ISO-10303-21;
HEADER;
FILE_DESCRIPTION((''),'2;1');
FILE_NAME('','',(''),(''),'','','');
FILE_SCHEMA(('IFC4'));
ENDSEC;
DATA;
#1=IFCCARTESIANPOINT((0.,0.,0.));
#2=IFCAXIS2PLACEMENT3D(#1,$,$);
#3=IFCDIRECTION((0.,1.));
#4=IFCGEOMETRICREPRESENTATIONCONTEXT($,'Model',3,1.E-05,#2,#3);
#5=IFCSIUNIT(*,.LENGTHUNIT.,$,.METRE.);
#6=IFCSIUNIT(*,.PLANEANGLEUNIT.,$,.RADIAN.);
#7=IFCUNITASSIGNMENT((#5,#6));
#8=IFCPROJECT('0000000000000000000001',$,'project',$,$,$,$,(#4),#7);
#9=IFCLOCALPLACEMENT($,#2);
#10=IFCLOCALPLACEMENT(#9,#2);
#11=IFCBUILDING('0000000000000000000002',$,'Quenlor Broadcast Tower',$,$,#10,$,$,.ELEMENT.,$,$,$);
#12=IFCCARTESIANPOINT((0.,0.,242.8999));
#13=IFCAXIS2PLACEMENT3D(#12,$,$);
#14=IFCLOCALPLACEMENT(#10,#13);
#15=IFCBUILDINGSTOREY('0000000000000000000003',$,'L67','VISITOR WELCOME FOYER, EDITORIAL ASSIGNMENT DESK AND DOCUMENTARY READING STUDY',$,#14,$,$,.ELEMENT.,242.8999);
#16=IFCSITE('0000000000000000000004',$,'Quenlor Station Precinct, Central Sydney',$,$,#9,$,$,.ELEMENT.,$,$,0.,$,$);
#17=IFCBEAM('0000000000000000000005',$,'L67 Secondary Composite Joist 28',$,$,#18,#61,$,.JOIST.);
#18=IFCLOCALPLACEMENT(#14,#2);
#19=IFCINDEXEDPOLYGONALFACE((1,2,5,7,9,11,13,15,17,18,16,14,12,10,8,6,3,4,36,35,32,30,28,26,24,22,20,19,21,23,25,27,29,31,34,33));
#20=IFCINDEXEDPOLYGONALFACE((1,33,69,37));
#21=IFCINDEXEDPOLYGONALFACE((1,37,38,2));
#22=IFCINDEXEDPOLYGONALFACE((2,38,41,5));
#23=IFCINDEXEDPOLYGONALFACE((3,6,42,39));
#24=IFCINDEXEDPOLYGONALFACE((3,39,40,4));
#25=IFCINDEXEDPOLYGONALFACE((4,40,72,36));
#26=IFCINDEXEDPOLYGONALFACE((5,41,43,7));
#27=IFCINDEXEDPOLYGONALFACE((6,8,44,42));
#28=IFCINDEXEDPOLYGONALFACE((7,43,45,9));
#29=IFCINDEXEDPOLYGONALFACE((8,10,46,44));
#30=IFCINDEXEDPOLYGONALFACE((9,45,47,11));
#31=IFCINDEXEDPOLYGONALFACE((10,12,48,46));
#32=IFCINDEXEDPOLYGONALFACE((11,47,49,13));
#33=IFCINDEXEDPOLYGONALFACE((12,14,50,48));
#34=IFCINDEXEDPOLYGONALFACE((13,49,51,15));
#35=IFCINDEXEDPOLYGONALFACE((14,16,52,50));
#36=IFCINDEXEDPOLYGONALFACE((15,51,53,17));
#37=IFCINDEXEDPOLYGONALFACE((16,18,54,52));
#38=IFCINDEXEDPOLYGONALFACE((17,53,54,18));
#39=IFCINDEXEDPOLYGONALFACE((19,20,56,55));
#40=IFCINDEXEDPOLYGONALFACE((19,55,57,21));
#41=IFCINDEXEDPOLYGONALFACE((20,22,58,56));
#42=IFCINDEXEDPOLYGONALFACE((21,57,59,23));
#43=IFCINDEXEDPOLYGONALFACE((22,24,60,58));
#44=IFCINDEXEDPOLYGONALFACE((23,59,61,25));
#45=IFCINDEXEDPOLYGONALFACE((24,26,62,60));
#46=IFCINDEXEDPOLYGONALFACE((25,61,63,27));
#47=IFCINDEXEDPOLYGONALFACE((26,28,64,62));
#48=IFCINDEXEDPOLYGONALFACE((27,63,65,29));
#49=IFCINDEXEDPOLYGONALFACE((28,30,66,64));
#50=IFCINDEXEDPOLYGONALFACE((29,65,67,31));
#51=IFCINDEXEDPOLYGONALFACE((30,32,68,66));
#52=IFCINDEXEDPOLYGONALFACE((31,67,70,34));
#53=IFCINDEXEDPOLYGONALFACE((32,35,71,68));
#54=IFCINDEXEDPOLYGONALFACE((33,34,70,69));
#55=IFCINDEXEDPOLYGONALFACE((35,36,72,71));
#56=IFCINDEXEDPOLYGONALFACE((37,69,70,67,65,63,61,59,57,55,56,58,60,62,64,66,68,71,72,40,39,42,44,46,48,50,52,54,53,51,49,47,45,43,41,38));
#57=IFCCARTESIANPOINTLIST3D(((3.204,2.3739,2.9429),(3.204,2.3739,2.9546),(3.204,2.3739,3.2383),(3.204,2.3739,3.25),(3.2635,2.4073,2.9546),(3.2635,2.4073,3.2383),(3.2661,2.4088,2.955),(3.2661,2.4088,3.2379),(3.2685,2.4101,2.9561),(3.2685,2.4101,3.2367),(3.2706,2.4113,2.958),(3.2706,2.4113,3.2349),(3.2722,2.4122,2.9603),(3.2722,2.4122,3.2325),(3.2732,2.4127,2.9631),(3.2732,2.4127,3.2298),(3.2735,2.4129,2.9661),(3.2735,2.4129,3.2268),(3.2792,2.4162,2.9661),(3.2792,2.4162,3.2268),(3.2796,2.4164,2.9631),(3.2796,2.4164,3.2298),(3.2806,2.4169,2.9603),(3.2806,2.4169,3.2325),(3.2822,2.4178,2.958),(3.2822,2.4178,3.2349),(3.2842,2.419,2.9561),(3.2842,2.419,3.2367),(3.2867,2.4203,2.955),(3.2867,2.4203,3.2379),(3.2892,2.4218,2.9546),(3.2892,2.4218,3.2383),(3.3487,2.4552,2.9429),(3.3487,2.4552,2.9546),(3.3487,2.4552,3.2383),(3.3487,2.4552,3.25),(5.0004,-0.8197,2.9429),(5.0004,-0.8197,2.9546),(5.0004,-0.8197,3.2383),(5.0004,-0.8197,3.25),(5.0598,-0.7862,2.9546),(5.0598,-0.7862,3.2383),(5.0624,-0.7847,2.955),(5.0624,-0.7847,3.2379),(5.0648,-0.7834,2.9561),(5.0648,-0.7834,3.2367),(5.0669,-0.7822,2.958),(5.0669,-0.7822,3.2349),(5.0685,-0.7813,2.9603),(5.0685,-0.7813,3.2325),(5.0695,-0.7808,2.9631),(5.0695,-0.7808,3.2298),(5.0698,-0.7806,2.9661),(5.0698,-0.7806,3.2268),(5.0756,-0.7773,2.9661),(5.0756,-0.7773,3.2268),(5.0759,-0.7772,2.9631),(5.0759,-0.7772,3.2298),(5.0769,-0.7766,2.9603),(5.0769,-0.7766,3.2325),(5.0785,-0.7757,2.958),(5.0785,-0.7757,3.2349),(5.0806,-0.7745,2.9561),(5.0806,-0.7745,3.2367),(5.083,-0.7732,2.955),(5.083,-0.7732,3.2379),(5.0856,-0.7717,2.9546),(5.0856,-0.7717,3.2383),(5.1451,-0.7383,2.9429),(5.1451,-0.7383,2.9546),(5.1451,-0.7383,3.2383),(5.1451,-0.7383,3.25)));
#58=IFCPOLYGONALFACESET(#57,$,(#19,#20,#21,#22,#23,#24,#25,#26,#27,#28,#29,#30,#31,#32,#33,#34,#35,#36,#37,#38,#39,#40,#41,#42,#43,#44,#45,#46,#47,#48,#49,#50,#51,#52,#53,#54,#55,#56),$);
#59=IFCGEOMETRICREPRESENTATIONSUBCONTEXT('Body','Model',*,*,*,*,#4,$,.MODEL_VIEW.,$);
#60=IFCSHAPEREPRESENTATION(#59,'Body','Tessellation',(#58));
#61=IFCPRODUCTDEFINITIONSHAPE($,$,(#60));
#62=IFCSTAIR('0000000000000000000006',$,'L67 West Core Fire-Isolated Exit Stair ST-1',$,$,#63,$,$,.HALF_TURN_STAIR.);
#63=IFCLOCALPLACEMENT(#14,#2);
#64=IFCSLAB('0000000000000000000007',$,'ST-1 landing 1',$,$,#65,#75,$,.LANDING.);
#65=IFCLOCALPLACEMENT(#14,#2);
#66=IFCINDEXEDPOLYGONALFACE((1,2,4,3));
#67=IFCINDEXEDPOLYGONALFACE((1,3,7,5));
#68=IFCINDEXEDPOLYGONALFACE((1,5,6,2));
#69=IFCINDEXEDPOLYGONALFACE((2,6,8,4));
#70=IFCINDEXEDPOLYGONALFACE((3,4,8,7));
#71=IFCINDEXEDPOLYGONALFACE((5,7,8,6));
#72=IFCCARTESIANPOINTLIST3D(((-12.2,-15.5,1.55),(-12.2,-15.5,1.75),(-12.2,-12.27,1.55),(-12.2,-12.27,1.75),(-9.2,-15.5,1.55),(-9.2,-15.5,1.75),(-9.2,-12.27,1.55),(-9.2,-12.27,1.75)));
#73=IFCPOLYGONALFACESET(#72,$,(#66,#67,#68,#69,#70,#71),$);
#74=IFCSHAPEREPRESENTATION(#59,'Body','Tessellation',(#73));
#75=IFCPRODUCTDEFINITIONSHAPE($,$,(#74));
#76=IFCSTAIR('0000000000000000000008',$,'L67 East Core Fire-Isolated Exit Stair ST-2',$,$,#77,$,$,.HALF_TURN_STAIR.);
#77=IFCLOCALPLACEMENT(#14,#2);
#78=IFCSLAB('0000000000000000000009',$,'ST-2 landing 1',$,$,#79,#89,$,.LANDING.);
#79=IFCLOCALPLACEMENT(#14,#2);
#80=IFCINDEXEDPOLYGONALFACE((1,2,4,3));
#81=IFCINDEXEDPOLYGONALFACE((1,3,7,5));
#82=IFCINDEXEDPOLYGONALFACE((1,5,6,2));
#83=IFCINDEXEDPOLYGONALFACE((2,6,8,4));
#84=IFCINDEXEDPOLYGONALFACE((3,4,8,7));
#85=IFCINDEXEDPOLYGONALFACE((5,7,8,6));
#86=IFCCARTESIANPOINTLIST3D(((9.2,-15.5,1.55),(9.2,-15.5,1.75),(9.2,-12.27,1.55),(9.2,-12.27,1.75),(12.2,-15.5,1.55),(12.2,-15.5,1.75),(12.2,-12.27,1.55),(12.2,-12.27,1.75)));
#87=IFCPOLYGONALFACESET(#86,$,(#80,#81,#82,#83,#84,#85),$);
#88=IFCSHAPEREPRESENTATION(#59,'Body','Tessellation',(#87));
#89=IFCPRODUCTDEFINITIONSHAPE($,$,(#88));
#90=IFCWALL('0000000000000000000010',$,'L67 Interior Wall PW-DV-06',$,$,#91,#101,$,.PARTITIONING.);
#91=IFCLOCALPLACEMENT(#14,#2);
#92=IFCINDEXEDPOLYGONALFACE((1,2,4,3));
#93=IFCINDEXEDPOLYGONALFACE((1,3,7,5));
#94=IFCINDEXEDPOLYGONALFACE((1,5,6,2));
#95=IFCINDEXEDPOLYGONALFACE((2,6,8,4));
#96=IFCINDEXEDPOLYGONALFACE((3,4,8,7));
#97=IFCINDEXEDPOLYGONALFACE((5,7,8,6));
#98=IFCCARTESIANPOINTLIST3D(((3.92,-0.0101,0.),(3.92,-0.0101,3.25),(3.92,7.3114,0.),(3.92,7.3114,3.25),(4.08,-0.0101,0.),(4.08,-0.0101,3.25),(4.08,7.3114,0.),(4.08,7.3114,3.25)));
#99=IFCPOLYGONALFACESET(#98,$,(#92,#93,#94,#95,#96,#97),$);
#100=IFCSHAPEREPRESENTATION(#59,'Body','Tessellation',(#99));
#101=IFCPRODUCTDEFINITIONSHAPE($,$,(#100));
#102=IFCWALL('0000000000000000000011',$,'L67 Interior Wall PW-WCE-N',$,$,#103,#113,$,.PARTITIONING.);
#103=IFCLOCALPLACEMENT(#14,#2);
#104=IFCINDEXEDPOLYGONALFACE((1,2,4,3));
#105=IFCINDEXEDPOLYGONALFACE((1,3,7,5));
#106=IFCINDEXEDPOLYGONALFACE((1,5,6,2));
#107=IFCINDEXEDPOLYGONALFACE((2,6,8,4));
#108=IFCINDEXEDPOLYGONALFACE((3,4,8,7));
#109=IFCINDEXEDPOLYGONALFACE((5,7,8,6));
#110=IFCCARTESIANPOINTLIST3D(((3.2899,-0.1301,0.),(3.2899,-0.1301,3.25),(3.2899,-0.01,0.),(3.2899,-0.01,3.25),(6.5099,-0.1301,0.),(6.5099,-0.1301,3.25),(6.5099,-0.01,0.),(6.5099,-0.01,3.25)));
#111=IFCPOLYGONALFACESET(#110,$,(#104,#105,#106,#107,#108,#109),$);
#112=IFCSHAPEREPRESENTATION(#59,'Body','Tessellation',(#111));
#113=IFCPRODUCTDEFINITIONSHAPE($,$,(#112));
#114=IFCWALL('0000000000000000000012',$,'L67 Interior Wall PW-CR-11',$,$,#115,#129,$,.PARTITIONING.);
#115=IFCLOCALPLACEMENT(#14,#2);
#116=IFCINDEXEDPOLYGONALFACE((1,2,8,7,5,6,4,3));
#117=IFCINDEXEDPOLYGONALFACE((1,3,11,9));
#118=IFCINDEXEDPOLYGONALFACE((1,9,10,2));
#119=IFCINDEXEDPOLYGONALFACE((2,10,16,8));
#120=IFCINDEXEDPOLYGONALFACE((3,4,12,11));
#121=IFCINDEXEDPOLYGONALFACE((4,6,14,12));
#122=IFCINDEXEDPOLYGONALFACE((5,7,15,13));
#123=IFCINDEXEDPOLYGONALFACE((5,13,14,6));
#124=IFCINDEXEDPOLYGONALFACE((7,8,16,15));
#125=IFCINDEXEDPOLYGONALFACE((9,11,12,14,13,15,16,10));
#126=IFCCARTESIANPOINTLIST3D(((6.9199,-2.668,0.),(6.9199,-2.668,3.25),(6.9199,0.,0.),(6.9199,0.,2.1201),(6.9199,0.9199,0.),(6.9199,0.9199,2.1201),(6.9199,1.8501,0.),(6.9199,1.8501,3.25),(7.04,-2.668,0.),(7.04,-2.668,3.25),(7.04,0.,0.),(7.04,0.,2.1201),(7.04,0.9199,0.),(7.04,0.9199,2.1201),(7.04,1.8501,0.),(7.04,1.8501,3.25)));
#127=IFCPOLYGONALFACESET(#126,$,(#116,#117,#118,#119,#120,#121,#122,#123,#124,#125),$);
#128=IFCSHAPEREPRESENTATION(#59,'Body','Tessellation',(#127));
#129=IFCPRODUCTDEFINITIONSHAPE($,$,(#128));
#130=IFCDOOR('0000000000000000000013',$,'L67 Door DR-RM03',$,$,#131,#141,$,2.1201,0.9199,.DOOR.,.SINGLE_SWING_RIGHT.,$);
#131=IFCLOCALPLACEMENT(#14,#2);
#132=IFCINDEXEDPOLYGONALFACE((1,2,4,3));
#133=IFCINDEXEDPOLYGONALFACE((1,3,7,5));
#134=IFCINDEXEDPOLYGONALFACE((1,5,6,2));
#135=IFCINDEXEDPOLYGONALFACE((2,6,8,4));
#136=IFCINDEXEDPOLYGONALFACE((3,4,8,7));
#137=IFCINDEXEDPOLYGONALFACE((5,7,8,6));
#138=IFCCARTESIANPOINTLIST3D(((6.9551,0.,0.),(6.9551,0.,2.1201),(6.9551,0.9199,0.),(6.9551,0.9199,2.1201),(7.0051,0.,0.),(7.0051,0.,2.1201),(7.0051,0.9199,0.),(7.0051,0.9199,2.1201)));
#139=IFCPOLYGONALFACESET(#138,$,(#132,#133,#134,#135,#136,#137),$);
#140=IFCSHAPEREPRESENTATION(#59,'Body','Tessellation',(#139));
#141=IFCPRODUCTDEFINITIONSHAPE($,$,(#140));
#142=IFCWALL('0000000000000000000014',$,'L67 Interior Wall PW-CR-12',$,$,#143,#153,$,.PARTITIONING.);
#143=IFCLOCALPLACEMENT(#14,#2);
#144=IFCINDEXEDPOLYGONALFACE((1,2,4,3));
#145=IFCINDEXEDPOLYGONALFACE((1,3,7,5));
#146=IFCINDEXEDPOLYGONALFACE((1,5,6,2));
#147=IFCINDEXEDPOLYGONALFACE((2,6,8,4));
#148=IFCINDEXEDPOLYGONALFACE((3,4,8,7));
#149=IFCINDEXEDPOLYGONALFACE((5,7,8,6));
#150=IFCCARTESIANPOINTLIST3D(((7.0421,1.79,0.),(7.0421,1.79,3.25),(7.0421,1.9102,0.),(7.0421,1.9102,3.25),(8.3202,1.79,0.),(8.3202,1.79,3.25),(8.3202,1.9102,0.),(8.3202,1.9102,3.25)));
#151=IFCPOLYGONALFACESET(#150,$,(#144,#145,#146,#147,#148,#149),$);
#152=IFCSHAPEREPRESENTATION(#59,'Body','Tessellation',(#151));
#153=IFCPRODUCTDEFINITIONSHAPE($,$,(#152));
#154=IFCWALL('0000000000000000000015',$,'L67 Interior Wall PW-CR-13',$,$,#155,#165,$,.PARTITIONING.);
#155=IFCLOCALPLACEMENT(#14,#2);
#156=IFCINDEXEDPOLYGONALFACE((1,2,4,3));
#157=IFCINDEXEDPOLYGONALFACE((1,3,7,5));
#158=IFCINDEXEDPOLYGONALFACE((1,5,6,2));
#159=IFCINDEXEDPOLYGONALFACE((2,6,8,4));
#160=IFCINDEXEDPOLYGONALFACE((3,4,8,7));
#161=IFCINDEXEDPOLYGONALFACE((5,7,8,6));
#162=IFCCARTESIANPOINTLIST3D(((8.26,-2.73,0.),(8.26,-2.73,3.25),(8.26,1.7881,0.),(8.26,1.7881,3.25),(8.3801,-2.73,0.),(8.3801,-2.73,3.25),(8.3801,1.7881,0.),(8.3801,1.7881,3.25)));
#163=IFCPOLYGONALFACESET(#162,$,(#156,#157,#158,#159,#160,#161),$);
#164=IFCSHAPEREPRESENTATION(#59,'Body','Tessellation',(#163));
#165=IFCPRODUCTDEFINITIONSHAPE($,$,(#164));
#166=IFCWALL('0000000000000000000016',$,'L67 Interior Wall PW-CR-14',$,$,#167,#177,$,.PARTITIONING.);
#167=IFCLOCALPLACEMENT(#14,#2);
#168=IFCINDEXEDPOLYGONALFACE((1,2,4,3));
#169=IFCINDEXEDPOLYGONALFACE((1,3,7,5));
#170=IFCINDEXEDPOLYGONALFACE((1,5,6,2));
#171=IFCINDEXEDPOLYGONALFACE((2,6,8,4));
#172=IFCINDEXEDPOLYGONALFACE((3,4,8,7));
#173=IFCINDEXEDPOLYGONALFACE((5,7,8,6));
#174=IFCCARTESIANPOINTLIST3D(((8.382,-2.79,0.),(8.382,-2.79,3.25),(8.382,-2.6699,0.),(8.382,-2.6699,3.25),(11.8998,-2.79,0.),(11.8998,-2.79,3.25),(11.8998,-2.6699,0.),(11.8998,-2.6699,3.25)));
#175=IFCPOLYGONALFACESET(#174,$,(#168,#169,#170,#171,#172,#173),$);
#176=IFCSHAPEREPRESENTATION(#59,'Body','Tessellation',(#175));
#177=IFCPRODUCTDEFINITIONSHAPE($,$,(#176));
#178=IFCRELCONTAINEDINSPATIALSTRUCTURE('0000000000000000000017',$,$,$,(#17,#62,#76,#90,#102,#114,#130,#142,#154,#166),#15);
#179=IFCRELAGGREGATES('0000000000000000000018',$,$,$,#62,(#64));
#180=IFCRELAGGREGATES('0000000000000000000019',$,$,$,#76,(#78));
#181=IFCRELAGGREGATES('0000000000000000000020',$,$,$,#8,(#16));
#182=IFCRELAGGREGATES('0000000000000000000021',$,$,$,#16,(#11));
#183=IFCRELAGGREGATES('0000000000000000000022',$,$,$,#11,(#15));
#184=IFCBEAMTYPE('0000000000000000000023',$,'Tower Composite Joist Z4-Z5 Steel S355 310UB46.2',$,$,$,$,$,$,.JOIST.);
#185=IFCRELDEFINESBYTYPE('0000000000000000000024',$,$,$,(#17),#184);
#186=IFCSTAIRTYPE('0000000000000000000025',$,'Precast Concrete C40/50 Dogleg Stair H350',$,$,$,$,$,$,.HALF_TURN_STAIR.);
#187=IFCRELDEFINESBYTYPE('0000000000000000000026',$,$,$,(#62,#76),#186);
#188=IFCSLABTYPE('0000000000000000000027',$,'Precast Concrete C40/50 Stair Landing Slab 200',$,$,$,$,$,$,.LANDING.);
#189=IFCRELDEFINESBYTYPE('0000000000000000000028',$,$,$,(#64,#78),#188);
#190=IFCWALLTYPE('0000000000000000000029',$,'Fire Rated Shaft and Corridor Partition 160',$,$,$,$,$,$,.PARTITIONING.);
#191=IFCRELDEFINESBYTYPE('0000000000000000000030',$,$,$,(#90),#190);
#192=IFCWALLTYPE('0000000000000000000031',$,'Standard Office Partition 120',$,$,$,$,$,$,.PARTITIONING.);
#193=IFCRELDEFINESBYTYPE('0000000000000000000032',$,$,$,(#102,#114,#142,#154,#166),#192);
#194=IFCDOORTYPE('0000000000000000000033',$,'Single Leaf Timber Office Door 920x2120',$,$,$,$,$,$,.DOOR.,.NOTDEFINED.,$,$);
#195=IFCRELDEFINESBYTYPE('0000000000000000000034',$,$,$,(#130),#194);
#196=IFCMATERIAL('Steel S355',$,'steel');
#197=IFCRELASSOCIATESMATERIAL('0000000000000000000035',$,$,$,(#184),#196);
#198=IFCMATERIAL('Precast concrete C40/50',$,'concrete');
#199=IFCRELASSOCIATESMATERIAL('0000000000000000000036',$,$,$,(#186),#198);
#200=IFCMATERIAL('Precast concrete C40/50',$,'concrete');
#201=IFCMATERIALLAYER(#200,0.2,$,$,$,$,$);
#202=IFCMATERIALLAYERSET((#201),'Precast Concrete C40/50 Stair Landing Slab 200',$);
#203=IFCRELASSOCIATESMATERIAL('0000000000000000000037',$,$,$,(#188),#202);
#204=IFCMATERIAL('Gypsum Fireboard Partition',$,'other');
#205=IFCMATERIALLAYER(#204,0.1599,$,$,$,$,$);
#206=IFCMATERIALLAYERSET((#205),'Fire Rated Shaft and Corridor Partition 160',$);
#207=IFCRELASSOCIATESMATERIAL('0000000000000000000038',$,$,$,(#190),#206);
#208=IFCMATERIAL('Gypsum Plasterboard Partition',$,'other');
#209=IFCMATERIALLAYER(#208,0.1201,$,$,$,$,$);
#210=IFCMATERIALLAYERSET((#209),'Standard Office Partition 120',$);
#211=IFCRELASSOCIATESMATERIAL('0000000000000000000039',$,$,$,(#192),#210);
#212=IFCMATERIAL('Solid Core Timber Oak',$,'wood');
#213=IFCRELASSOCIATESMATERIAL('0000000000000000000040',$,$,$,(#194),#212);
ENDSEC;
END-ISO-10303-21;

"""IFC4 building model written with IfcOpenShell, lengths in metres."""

from ifc_helpers import new_model, si_unit, direction, frame, frame_2d, origin, origin_2d, place, context, subcontext, project, spatial, polyline, rectangle, i_section, outline, extrude, material, layer, layer_set, material_profile, profile_set, type_object, element, fill, aggregate, save


model = new_model("IFC4")

# Units and contexts
model_context = context("Model", 3, precision=1e-05, world=origin(), true_north=direction((0.0, 1.0)))
body_context = subcontext(model_context, "Body", "Model", "MODEL_VIEW")
ifc_project = project(units=[si_unit("LENGTHUNIT", "METRE"), si_unit("PLANEANGLEUNIT", "RADIAN")], contexts=[model_context])

# Site, building, storey
site_placement = place(None, origin())
site = spatial("IfcSite", under=ifc_project, at=site_placement, Name="Quenlor Station Precinct, Central Sydney", CompositionType="ELEMENT", RefElevation=0.0)
building_placement = place(site_placement, origin())
building = spatial("IfcBuilding", under=site, at=building_placement, Name="Quenlor Broadcast Tower", CompositionType="ELEMENT")
storey_placement = place(building_placement, frame((0.0, 0.0, 242.8999)))
storey = spatial("IfcBuildingStorey", under=building, at=storey_placement, Name="L67", Description="VISITOR WELCOME FOYER, EDITORIAL ASSIGNMENT DESK AND DOCUMENTARY READING STUDY", CompositionType="ELEMENT", Elevation=242.8999)

# Beam
ifc_material_1 = material(Name="Steel S355", Category="steel")
ifc_material_profile = material_profile(ifc_material_1, i_section(OverallWidth=0.166, OverallDepth=0.3071, WebThickness=0.0066, FlangeThickness=0.0117, FilletRadius=0.0115, at=origin_2d()))
ifc_profile_set = profile_set([ifc_material_profile], Name="Steel S355 310UB46.2")
beam_type = type_object("IfcBeamType", Name="Tower Composite Joist Z4-Z5 Steel S355 310UB46.2", PredefinedType="JOIST", material=ifc_profile_set)
beam_placement = place(storey_placement, frame((3.2764, 2.4146, 3.0964), z_axis=(0.490258, -0.871577, 0.0), x_axis=(0.871577, 0.490258, 0.0)))
element("IfcBeam", 1, at=beam_placement, inside=storey, type_object=beam_type, Name="L67 Secondary Composite Joist 28", PredefinedType="JOIST", context=body_context, shape_type="SweptSolid", body=[
    extrude(i_section(OverallWidth=0.166, OverallDepth=0.3071, WebThickness=0.0066, FlangeThickness=0.0117, FilletRadius=0.0115, at=origin_2d()), origin(), (0.0, 0.0, 1.0), 3.6641),
])

# Stairs, slabs
ifc_material_2 = material(Name="Precast concrete C40/50", Category="concrete")
stair_type = type_object("IfcStairType", Name="Precast Concrete C40/50 Dogleg Stair H350", PredefinedType="HALF_TURN_STAIR", material=ifc_material_2)
stair_1_placement = place(storey_placement, origin())
stair_1 = element("IfcStair", 2, at=stair_1_placement, inside=storey, type_object=stair_type, Name="L67 West Core Fire-Isolated Exit Stair ST-1", PredefinedType="HALF_TURN_STAIR")
ifc_material_3 = material(Name="Precast concrete C40/50", Category="concrete")
ifc_layer_1 = layer(ifc_material_3, 0.2)
ifc_layer_set_1 = layer_set([ifc_layer_1], Name="Precast Concrete C40/50 Stair Landing Slab 200")
slab_type = type_object("IfcSlabType", Name="Precast Concrete C40/50 Stair Landing Slab 200", PredefinedType="LANDING", material=ifc_layer_set_1)
slab_1_placement = place(storey_placement, frame((0.0, 0.0, 1.55)))
slab_1 = element("IfcSlab", 3, at=slab_1_placement, type_object=slab_type, Name="ST-1 landing 1", PredefinedType="LANDING", context=body_context, shape_type="SweptSolid", body=[
    extrude(outline(polyline([(-12.2, -12.27), (-12.2, -15.5), (-9.2, -15.5), (-9.2, -12.27), (-12.2, -12.27)])), origin(), (0.0, 0.0, 1.0), 0.2),
])
aggregate(stair_1, [slab_1])
stair_2_placement = place(storey_placement, origin())
stair_2 = element("IfcStair", 4, at=stair_2_placement, inside=storey, type_object=stair_type, Name="L67 East Core Fire-Isolated Exit Stair ST-2", PredefinedType="HALF_TURN_STAIR")
slab_2_placement = place(storey_placement, frame((0.0, 0.0, 1.55)))
slab_2 = element("IfcSlab", 5, at=slab_2_placement, type_object=slab_type, Name="ST-2 landing 1", PredefinedType="LANDING", context=body_context, shape_type="SweptSolid", body=[
    extrude(outline(polyline([(9.2, -12.27), (9.2, -15.5), (12.2, -15.5), (12.2, -12.27), (9.2, -12.27)])), origin(), (0.0, 0.0, 1.0), 0.2),
])
aggregate(stair_2, [slab_2])

# Walls
ifc_material_4 = material(Name="Gypsum Fireboard Partition", Category="other")
ifc_layer_2 = layer(ifc_material_4, 0.1599)
ifc_layer_set_2 = layer_set([ifc_layer_2], Name="Fire Rated Shaft and Corridor Partition 160")
wall_type_1 = type_object("IfcWallType", Name="Fire Rated Shaft and Corridor Partition 160", PredefinedType="PARTITIONING", material=ifc_layer_set_2)
wall_1_placement = place(storey_placement, frame((4.0, -0.01, 0.0), z_axis=(0.0, 0.0, 1.0), x_axis=(0.0, 1.0, 0.0)))
element("IfcWall", 6, at=wall_1_placement, inside=storey, type_object=wall_type_1, Name="L67 Interior Wall PW-DV-06", PredefinedType="PARTITIONING", context=body_context, shape_type="SweptSolid", body=[
    extrude(rectangle(XDim=7.3215, YDim=0.1599, at=frame_2d((3.6606, 0.0))), origin(), (0.0, 0.0, 1.0), 3.25),
])
ifc_material_5 = material(Name="Gypsum Plasterboard Partition", Category="other")
ifc_layer_3 = layer(ifc_material_5, 0.1201)
ifc_layer_set_3 = layer_set([ifc_layer_3], Name="Standard Office Partition 120")
wall_type_2 = type_object("IfcWallType", Name="Standard Office Partition 120", PredefinedType="PARTITIONING", material=ifc_layer_set_3)
wall_2_placement = place(storey_placement, frame((3.29, -0.0701, 0.0), z_axis=(0.0, 0.0, 1.0), x_axis=(1.0, 0.0, 0.0)))
element("IfcWall", 7, at=wall_2_placement, inside=storey, type_object=wall_type_2, Name="L67 Interior Wall PW-WCE-N", PredefinedType="PARTITIONING", context=body_context, shape_type="SweptSolid", body=[
    extrude(rectangle(XDim=3.22, YDim=0.1201, at=frame_2d((1.6099, 0.0))), origin(), (0.0, 0.0, 1.0), 3.25),
])

# Wall, opening, door
wall_3_placement = place(storey_placement, frame((6.98, -2.668, 0.0), z_axis=(0.0, 0.0, 1.0), x_axis=(0.0, 1.0, 0.0)))
wall_3 = element("IfcWall", 8, at=wall_3_placement, inside=storey, type_object=wall_type_2, Name="L67 Interior Wall PW-CR-11", PredefinedType="PARTITIONING", context=body_context, shape_type="SweptSolid", body=[
    extrude(rectangle(XDim=4.5181, YDim=0.1201, at=frame_2d((2.259, 0.0))), origin(), (0.0, 0.0, 1.0), 3.25),
])
opening_placement = place(wall_3_placement, frame((2.668, 0.0, 0.0)))
opening = element("IfcOpeningElement", 9, at=opening_placement, cuts=wall_3, PredefinedType="OPENING", context=body_context, shape_type="SweptSolid", body=[
    extrude(rectangle(XDim=0.9199, YDim=2.1201, at=frame_2d((0.46, 1.0601))), frame((0.0, 0.0701, 0.0), z_axis=(0.0, -1.0, 0.0), x_axis=(1.0, 0.0, 0.0)), (0.0, 0.0, 1.0), 0.1401),
])
ifc_material_6 = material(Name="Solid Core Timber Oak", Category="wood")
door_type = type_object("IfcDoorType", Name="Single Leaf Timber Office Door 920x2120", OperationType="NOTDEFINED", PredefinedType="DOOR", material=ifc_material_6)
door_placement = place(opening_placement, origin())
door = element("IfcDoor", 10, at=door_placement, inside=storey, type_object=door_type, Name="L67 Door DR-RM03", OperationType="SINGLE_SWING_RIGHT", OverallHeight=2.1201, OverallWidth=0.9199, PredefinedType="DOOR", context=body_context, shape_type="SweptSolid", body=[
    extrude(rectangle(XDim=0.9199, YDim=2.1201, at=frame_2d((0.46, 1.0601))), frame((0.0, 0.0249, 0.0), z_axis=(0.0, -1.0, 0.0), x_axis=(1.0, 0.0, 0.0)), (0.0, 0.0, 1.0), 0.05),
])
fill(opening, door)

# Walls
wall_4_placement = place(storey_placement, frame((7.042, 1.8501, 0.0), z_axis=(0.0, 0.0, 1.0), x_axis=(1.0, 0.0, 0.0)))
element("IfcWall", 11, at=wall_4_placement, inside=storey, type_object=wall_type_2, Name="L67 Interior Wall PW-CR-12", PredefinedType="PARTITIONING", context=body_context, shape_type="SweptSolid", body=[
    extrude(rectangle(XDim=1.2781, YDim=0.1201, at=frame_2d((0.6392, 0.0))), origin(), (0.0, 0.0, 1.0), 3.25),
])
wall_5_placement = place(storey_placement, frame((8.3201, 1.7881, 0.0), z_axis=(0.0, 0.0, 1.0), x_axis=(0.0, -1.0, 0.0)))
element("IfcWall", 12, at=wall_5_placement, inside=storey, type_object=wall_type_2, Name="L67 Interior Wall PW-CR-13", PredefinedType="PARTITIONING", context=body_context, shape_type="SweptSolid", body=[
    extrude(rectangle(XDim=4.5181, YDim=0.1201, at=frame_2d((2.259, 0.0))), origin(), (0.0, 0.0, 1.0), 3.25),
])
wall_6_placement = place(storey_placement, frame((8.3821, -2.73, 0.0), z_axis=(0.0, 0.0, 1.0), x_axis=(1.0, 0.0, 0.0)))
element("IfcWall", 13, at=wall_6_placement, inside=storey, type_object=wall_type_2, Name="L67 Interior Wall PW-CR-14", PredefinedType="PARTITIONING", context=body_context, shape_type="SweptSolid", body=[
    extrude(rectangle(XDim=3.5178, YDim=0.1201, at=frame_2d((1.7588, 0.0))), origin(), (0.0, 0.0, 1.0), 3.25),
])

save(model, "model.ifc")
